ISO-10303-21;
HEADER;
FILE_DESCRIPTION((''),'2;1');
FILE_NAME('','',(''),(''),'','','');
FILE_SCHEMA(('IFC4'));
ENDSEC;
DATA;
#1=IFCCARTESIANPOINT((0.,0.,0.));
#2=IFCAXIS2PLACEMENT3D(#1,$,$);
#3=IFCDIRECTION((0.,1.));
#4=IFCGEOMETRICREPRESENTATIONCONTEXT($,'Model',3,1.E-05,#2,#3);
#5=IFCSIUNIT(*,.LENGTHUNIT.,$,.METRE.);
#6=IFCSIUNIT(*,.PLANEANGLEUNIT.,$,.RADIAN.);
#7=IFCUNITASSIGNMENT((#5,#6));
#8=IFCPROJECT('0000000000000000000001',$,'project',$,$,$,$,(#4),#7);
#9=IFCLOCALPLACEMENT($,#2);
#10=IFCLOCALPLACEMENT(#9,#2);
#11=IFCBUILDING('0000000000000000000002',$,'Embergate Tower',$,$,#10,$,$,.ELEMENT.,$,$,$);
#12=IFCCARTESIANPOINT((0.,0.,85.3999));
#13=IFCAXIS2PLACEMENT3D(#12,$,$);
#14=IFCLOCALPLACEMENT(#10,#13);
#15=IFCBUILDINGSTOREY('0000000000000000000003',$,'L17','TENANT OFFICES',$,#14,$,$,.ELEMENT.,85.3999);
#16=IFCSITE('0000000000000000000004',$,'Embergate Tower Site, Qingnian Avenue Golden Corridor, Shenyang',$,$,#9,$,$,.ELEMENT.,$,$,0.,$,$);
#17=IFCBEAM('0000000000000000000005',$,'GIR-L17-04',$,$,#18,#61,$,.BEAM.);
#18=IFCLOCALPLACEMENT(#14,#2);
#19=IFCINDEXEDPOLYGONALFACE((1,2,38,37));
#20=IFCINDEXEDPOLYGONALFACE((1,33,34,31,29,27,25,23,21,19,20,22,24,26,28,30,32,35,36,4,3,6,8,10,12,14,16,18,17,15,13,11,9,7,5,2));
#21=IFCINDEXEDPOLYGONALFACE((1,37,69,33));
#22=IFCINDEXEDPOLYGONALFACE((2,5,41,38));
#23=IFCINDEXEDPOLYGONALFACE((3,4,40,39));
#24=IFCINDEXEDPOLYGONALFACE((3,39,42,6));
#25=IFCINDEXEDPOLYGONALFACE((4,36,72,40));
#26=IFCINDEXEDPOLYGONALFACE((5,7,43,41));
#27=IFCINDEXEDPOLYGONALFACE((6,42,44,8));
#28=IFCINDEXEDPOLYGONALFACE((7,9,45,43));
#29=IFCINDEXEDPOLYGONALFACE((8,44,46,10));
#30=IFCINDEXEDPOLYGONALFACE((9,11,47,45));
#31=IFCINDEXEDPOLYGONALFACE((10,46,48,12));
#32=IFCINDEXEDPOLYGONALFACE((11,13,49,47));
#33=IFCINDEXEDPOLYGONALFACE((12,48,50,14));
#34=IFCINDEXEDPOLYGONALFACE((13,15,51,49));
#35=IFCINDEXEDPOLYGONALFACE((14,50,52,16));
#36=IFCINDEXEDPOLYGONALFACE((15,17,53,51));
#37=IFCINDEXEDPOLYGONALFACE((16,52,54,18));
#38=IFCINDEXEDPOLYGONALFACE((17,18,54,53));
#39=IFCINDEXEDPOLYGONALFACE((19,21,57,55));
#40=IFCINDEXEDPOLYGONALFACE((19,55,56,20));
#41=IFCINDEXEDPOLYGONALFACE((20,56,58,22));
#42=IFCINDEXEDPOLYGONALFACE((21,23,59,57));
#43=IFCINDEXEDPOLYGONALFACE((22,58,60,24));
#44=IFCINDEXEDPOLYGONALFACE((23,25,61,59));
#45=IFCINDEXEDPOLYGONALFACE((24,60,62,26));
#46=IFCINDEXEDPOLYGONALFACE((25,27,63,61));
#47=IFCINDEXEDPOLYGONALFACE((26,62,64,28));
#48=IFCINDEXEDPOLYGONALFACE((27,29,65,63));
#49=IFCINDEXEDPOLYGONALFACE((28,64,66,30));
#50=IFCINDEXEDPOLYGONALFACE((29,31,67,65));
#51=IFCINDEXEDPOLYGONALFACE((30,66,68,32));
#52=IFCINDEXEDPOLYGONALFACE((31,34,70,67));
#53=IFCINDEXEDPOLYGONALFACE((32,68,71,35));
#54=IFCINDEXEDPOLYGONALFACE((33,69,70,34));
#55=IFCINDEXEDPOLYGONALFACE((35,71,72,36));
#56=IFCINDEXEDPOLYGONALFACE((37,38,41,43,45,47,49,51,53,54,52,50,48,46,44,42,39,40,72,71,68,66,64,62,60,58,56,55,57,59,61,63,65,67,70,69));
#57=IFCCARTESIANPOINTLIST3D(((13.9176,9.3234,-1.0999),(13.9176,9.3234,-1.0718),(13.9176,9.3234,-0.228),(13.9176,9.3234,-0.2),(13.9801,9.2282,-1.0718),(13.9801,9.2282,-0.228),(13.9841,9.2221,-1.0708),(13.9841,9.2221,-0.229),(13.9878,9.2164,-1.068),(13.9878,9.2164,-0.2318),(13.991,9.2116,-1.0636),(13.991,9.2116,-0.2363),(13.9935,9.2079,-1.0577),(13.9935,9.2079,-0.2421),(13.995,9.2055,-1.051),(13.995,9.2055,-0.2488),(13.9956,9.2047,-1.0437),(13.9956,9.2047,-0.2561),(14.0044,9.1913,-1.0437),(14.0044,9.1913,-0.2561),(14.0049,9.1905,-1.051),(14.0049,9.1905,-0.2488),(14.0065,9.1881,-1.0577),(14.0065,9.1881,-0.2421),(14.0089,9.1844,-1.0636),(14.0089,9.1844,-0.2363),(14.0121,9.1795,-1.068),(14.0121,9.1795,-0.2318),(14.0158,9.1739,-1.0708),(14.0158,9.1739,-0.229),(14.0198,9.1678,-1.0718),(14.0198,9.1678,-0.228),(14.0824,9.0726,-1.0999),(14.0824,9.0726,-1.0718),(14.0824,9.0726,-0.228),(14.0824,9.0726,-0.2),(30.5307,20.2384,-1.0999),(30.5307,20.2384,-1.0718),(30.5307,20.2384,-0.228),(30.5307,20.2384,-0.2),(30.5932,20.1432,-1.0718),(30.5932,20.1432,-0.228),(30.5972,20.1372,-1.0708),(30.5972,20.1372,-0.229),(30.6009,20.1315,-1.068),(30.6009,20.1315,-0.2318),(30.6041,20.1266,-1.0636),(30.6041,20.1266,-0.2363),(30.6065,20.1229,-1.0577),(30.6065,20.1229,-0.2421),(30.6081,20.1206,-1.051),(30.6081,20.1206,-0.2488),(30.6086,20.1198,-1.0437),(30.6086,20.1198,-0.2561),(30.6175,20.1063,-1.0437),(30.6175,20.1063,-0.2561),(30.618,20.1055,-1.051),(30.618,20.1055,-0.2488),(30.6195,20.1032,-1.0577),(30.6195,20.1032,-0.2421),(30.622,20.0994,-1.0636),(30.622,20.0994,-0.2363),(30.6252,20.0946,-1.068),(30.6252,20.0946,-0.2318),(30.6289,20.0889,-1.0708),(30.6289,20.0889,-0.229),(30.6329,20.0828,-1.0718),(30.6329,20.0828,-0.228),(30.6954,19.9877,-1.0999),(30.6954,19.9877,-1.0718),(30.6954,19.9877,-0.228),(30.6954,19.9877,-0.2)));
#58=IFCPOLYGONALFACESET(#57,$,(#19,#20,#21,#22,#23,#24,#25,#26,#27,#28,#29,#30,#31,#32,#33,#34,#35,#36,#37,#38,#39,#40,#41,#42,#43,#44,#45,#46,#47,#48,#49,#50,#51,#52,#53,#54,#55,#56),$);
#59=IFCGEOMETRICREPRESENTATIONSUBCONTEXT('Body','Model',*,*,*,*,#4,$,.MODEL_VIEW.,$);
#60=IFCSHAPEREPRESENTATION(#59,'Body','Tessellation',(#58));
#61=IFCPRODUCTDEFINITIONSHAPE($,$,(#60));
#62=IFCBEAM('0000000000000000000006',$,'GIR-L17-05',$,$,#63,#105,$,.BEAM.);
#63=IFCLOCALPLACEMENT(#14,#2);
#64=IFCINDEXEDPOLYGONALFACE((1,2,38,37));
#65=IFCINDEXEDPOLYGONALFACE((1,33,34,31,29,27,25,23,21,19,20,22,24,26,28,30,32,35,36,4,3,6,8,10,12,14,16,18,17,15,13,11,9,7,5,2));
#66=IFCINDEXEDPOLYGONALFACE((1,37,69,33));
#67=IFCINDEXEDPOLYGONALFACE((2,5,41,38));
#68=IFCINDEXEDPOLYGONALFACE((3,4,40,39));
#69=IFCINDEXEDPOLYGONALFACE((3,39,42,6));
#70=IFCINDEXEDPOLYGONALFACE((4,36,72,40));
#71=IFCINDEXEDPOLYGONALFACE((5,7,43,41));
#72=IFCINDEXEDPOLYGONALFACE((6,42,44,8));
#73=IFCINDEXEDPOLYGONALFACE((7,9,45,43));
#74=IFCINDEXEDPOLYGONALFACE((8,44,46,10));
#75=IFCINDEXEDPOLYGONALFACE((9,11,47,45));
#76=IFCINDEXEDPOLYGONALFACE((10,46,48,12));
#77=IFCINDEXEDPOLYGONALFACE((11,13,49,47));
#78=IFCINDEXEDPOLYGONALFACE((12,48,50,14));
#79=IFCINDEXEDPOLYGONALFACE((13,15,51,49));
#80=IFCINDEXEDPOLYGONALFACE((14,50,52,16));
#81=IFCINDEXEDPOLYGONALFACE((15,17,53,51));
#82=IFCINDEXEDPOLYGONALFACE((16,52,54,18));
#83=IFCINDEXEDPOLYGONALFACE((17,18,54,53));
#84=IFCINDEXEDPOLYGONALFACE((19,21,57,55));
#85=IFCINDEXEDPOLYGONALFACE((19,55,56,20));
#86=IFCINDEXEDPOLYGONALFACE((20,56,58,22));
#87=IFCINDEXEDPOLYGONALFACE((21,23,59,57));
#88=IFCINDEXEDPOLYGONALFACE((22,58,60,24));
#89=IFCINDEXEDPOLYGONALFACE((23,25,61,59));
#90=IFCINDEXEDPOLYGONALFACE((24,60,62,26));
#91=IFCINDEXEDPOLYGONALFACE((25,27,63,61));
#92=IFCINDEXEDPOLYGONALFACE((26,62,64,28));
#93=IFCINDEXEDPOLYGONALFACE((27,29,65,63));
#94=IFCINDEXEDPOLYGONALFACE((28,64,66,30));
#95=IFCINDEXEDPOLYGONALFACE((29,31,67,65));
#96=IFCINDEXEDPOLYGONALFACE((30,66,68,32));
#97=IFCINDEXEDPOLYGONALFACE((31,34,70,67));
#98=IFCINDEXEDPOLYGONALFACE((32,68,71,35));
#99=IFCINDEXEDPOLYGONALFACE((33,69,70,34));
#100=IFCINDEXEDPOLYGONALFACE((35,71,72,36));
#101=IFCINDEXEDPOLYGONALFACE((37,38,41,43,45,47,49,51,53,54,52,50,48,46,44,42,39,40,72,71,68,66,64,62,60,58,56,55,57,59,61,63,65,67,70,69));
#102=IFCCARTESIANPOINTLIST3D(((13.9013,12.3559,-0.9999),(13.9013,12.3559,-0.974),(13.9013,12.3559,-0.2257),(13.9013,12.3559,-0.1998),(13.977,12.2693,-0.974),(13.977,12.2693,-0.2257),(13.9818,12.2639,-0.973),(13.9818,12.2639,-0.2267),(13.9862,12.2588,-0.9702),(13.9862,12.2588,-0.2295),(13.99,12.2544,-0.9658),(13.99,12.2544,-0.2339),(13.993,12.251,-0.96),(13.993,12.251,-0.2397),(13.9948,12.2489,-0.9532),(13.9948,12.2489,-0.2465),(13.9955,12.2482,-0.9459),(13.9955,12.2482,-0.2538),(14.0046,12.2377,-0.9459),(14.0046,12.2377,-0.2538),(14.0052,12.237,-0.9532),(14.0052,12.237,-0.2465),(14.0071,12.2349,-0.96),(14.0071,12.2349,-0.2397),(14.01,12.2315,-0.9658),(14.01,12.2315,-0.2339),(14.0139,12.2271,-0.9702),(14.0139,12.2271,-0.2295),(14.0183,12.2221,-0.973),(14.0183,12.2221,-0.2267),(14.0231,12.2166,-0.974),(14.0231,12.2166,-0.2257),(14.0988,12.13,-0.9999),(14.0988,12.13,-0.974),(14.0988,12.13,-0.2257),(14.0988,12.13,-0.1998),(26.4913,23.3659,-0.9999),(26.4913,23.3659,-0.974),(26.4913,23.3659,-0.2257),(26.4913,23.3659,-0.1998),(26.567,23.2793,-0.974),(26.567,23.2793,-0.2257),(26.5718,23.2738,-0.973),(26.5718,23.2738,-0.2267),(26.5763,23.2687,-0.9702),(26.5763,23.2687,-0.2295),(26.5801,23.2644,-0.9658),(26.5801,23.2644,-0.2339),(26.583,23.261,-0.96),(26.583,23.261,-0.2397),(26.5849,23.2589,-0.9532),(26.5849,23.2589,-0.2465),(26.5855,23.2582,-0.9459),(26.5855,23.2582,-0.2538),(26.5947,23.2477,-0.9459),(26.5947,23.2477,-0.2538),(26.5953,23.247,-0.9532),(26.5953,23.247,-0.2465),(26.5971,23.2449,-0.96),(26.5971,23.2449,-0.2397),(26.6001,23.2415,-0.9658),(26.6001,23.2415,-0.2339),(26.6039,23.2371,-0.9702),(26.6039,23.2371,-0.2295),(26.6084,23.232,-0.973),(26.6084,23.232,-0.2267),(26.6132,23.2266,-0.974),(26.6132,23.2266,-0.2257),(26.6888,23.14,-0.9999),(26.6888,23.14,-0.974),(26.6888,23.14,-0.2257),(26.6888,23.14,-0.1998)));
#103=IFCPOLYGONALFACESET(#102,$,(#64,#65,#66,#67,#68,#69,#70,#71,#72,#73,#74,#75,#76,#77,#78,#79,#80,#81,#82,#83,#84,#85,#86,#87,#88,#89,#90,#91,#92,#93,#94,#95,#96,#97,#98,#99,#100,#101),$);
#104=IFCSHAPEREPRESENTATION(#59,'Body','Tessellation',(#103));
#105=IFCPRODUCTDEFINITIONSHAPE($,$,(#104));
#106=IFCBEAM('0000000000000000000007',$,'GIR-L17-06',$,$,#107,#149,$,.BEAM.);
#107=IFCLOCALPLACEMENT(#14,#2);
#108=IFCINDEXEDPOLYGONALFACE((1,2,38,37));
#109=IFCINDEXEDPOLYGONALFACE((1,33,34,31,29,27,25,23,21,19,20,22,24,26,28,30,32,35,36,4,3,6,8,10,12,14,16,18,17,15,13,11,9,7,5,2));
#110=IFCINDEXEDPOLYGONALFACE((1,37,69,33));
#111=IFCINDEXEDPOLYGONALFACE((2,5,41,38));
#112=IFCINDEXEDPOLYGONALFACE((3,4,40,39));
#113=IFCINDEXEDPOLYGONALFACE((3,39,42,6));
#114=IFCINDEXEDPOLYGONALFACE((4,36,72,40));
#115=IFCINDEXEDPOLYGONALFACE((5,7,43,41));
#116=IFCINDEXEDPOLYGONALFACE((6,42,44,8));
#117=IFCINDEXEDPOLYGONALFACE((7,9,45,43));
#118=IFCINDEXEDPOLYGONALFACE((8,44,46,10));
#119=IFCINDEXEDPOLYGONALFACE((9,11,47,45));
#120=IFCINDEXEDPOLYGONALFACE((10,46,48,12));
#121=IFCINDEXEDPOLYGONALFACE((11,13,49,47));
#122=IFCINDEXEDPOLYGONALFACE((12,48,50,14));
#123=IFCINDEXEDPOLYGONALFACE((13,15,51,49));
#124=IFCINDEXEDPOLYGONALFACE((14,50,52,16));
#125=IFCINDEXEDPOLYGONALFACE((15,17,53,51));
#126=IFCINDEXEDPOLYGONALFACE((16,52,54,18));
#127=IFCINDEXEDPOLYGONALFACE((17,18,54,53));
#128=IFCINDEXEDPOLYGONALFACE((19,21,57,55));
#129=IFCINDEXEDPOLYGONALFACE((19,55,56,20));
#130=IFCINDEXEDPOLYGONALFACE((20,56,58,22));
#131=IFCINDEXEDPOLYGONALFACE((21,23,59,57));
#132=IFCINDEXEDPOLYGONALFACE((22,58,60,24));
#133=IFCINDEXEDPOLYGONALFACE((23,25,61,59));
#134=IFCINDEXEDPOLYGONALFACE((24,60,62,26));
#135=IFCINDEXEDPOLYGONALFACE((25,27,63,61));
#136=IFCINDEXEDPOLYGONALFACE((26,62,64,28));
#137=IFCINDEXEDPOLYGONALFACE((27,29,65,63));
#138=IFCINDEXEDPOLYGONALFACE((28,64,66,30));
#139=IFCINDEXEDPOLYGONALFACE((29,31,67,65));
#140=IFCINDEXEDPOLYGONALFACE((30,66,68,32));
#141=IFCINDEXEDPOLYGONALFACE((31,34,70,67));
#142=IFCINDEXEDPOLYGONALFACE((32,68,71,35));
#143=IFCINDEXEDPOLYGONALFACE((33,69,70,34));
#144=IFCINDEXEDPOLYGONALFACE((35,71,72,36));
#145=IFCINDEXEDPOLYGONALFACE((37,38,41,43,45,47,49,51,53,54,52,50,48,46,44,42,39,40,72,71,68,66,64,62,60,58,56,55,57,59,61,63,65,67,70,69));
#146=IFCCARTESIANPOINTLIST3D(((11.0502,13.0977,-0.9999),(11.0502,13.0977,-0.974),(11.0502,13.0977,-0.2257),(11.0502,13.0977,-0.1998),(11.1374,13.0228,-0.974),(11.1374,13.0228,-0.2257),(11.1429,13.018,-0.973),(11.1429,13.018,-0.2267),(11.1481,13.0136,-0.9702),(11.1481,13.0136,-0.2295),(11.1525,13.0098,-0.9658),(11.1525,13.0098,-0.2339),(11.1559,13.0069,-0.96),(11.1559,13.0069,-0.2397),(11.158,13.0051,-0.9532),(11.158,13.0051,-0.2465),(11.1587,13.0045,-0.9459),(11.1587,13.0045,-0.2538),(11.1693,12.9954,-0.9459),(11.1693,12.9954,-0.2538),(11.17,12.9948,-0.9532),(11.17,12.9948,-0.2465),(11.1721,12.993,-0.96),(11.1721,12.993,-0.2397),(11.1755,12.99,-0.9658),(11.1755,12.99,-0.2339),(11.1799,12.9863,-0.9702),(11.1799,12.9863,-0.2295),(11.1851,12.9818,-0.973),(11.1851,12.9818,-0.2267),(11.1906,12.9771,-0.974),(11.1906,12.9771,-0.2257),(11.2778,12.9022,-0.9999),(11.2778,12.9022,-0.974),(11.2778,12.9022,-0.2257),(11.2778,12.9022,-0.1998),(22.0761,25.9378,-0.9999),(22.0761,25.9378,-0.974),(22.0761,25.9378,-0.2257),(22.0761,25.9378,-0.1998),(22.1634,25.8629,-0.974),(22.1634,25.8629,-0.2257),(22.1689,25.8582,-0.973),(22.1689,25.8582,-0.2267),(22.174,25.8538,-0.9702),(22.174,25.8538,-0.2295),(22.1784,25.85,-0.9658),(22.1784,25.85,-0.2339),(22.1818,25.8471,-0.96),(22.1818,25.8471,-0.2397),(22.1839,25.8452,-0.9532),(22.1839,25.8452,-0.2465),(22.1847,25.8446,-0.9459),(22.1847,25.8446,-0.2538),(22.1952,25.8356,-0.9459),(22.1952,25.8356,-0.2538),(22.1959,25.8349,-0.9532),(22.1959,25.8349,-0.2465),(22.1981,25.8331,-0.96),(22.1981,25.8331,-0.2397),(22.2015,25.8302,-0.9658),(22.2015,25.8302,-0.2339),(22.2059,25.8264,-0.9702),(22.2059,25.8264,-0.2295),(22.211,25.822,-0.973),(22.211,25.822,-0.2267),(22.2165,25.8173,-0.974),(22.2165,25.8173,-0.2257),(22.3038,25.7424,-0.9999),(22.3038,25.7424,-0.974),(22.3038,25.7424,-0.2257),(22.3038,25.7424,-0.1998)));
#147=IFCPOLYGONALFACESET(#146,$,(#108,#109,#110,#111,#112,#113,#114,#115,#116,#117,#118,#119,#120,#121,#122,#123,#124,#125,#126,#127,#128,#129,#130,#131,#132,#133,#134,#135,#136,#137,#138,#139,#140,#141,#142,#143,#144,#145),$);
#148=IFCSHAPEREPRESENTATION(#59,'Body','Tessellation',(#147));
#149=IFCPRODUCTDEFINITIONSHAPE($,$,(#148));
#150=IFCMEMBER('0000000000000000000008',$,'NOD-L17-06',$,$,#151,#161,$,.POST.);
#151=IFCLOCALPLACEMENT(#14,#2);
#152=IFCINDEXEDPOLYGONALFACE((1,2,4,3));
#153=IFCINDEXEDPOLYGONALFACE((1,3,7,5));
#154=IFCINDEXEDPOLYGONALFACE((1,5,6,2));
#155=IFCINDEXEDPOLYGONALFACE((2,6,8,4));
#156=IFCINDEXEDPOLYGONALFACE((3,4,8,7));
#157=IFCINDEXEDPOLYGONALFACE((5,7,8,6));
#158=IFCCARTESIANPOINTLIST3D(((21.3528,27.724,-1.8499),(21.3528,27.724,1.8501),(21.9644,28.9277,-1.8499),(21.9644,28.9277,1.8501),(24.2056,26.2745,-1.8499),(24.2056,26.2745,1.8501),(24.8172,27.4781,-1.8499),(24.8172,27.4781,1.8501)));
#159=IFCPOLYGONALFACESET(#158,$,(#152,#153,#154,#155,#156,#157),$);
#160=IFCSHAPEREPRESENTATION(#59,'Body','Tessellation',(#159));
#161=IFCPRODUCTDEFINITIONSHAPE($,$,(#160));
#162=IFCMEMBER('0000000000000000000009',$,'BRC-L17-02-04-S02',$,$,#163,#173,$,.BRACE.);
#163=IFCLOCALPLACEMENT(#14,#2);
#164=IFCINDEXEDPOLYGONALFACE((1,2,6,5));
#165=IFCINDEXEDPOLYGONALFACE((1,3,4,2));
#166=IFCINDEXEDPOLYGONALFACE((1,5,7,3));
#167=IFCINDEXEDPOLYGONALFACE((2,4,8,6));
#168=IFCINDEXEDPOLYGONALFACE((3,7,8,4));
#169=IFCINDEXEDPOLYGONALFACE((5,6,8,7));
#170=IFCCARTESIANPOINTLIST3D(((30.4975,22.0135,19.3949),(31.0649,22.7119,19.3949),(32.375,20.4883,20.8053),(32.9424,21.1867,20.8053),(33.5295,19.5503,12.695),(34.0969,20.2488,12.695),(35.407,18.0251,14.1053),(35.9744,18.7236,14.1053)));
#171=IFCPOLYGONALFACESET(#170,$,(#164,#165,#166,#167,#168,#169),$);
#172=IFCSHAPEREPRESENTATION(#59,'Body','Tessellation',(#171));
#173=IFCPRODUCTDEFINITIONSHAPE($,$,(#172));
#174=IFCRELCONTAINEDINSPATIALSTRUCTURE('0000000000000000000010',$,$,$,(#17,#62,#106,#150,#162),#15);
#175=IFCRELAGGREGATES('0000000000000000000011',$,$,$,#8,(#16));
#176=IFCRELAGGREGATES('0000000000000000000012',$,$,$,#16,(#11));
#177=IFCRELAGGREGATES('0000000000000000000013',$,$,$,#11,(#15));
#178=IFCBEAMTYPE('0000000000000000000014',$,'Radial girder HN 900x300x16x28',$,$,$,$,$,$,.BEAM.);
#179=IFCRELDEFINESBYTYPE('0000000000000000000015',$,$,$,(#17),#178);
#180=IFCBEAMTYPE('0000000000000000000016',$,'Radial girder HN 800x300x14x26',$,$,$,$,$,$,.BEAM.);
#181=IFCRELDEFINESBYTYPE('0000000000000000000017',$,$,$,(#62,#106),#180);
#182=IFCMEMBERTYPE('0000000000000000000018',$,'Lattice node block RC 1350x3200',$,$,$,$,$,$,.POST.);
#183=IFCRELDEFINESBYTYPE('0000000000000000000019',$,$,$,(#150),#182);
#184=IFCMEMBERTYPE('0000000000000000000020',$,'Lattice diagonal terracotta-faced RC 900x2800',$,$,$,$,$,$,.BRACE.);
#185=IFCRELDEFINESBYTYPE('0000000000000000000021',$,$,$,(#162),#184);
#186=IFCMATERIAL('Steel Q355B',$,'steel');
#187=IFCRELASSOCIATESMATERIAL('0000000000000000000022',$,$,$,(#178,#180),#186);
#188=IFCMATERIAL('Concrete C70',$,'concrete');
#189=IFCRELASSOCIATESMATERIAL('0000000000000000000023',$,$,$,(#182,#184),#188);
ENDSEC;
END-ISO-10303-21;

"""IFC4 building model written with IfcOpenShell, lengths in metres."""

from ifc_helpers import new_model, si_unit, direction, frame, origin, origin_2d, place, context, subcontext, project, spatial, rectangle, i_section, extrude, source, transform, mapped, material, material_profile, profile_set, type_object, element, save


model = new_model("IFC4")

# Units and contexts
model_context = context("Model", 3, precision=1e-05, world=origin(), true_north=direction((0.0, 1.0)))
body_context = subcontext(model_context, "Body", "Model", "MODEL_VIEW")
ifc_project = project(units=[si_unit("LENGTHUNIT", "METRE"), si_unit("PLANEANGLEUNIT", "RADIAN")], contexts=[model_context])

# Site, building, storey
site_placement = place(None, origin())
site = spatial("IfcSite", under=ifc_project, at=site_placement, Name="Embergate Tower Site, Qingnian Avenue Golden Corridor, Shenyang", CompositionType="ELEMENT", RefElevation=0.0)
building_placement = place(site_placement, origin())
building = spatial("IfcBuilding", under=site, at=building_placement, Name="Embergate Tower", CompositionType="ELEMENT")
storey_placement = place(building_placement, frame((0.0, 0.0, 85.3999)))
storey = spatial("IfcBuildingStorey", under=building, at=storey_placement, Name="L17", Description="TENANT OFFICES", CompositionType="ELEMENT", Elevation=85.3999)

# Shared definitions
ifc_material_1 = material(Name="Concrete C70", Category="concrete")

# Beams
ifc_material_2 = material(Name="Steel Q355B", Category="steel")
ifc_material_profile_1 = material_profile(ifc_material_2, i_section(OverallWidth=0.3, OverallDepth=0.8999, WebThickness=0.0161, FlangeThickness=0.0281, FilletRadius=0.0281, at=origin_2d()), Name="HN 900x300x16x28")
ifc_profile_set_1 = profile_set([ifc_material_profile_1], Name="Steel Q355 grade B")
beam_type_1 = type_object("IfcBeamType", Name="Radial girder HN 900x300x16x28", PredefinedType="BEAM", material=ifc_profile_set_1)
shared_shape_1 = source(origin(), body_context, "Body", "SweptSolid", [
    extrude(i_section(OverallWidth=0.3, OverallDepth=0.8999, WebThickness=0.0161, FlangeThickness=0.0281, FilletRadius=0.0281, at=origin_2d()), origin(), (0.0, 0.0, 1.0), 19.8779),
])
beam_1_placement = place(storey_placement, frame((30.613, 20.113, -0.6499), z_axis=(-0.835754, -0.549104, 0.0), x_axis=(0.549104, -0.835754, 0.0)))
element("IfcBeam", 1, at=beam_1_placement, inside=storey, type_object=beam_type_1, Name="GIR-L17-04", PredefinedType="BEAM", context=body_context, shape_type="MappedRepresentation", body=[
    mapped(shared_shape_1, transform((0.0, 0.0, 0.0))),
])
ifc_material_profile_2 = material_profile(ifc_material_2, i_section(OverallWidth=0.3, OverallDepth=0.8, WebThickness=0.0139, FlangeThickness=0.0259, FilletRadius=0.0281, at=origin_2d()), Name="HN 800x300x14x26")
ifc_profile_set_2 = profile_set([ifc_material_profile_2], Name="Steel Q355 grade B")
beam_type_2 = type_object("IfcBeamType", Name="Radial girder HN 800x300x14x26", PredefinedType="BEAM", material=ifc_profile_set_2)
shared_shape_2 = source(origin(), body_context, "Body", "SweptSolid", [
    extrude(i_section(OverallWidth=0.3, OverallDepth=0.8, WebThickness=0.0139, FlangeThickness=0.0259, FilletRadius=0.0281, at=origin_2d()), origin(), (0.0, 0.0, 1.0), 16.7251),
])
beam_2_placement = place(storey_placement, frame((26.5901, 23.2529, -0.5999), z_axis=(-0.752764, -0.658291, 0.0), x_axis=(0.658291, -0.752764, 0.0)))
element("IfcBeam", 2, at=beam_2_placement, inside=storey, type_object=beam_type_2, Name="GIR-L17-05", PredefinedType="BEAM", context=body_context, shape_type="MappedRepresentation", body=[
    mapped(shared_shape_2, transform((0.0, 0.0, 0.0))),
])
shared_shape_3 = source(origin(), body_context, "Body", "SweptSolid", [
    extrude(i_section(OverallWidth=0.3, OverallDepth=0.8, WebThickness=0.0139, FlangeThickness=0.0259, FilletRadius=0.0281, at=origin_2d()), origin(), (0.0, 0.0, 1.0), 16.9246),
])
beam_3_placement = place(storey_placement, frame((22.1899, 25.8401, -0.5999), z_axis=(-0.651475, -0.75867, 0.0), x_axis=(0.75867, -0.651475, 0.0)))
element("IfcBeam", 3, at=beam_3_placement, inside=storey, type_object=beam_type_2, Name="GIR-L17-06", PredefinedType="BEAM", context=body_context, shape_type="MappedRepresentation", body=[
    mapped(shared_shape_3, transform((0.0, 0.0, 0.0))),
])

# Members
ifc_material_profile_3 = material_profile(ifc_material_1, rectangle(XDim=1.3501, YDim=3.2, at=origin_2d()), Name="RC 1350x3200")
ifc_profile_set_3 = profile_set([ifc_material_profile_3], Name="Concrete C70")
member_type_1 = type_object("IfcMemberType", Name="Lattice node block RC 1350x3200", PredefinedType="POST", material=ifc_profile_set_3)
shared_shape_4 = source(origin(), body_context, "Body", "SweptSolid", [
    extrude(rectangle(XDim=1.3501, YDim=3.2, at=origin_2d()), origin(), (0.0, 0.0, 1.0), 3.7),
])
member_1_placement = place(storey_placement, frame((23.085, 27.6011, -1.8499), z_axis=(0.0, 0.0, 1.0), x_axis=(0.452995, 0.891513, 0.0)))
element("IfcMember", 4, at=member_1_placement, inside=storey, type_object=member_type_1, Name="NOD-L17-06", PredefinedType="POST", context=body_context, shape_type="MappedRepresentation", body=[
    mapped(shared_shape_4, transform((0.0, 0.0, 0.0))),
])
ifc_material_profile_4 = material_profile(ifc_material_1, rectangle(XDim=0.8999, YDim=2.8, at=origin_2d()), Name="RC 900x2800")
ifc_profile_set_4 = profile_set([ifc_material_profile_4], Name="Concrete C70")
member_type_2 = type_object("IfcMemberType", Name="Lattice diagonal terracotta-faced RC 900x2800", PredefinedType="BRACE", material=ifc_profile_set_4)
shared_shape_5 = source(origin(), body_context, "Body", "SweptSolid", [
    extrude(rectangle(XDim=0.8999, YDim=2.8, at=origin_2d()), origin(), (0.0, 0.0, 1.0), 7.7556),
])
member_2_placement = place(storey_placement, frame((34.752, 19.137, 13.4001), z_axis=(-0.390941, 0.317594, 0.863886), x_axis=(-0.630539, -0.776158, 0.0)))
element("IfcMember", 5, at=member_2_placement, inside=storey, type_object=member_type_2, Name="BRC-L17-02-04-S02", PredefinedType="BRACE", context=body_context, shape_type="MappedRepresentation", body=[
    mapped(shared_shape_5, transform((0.0, 0.0, 0.0))),
])

save(model, "model.ifc")
